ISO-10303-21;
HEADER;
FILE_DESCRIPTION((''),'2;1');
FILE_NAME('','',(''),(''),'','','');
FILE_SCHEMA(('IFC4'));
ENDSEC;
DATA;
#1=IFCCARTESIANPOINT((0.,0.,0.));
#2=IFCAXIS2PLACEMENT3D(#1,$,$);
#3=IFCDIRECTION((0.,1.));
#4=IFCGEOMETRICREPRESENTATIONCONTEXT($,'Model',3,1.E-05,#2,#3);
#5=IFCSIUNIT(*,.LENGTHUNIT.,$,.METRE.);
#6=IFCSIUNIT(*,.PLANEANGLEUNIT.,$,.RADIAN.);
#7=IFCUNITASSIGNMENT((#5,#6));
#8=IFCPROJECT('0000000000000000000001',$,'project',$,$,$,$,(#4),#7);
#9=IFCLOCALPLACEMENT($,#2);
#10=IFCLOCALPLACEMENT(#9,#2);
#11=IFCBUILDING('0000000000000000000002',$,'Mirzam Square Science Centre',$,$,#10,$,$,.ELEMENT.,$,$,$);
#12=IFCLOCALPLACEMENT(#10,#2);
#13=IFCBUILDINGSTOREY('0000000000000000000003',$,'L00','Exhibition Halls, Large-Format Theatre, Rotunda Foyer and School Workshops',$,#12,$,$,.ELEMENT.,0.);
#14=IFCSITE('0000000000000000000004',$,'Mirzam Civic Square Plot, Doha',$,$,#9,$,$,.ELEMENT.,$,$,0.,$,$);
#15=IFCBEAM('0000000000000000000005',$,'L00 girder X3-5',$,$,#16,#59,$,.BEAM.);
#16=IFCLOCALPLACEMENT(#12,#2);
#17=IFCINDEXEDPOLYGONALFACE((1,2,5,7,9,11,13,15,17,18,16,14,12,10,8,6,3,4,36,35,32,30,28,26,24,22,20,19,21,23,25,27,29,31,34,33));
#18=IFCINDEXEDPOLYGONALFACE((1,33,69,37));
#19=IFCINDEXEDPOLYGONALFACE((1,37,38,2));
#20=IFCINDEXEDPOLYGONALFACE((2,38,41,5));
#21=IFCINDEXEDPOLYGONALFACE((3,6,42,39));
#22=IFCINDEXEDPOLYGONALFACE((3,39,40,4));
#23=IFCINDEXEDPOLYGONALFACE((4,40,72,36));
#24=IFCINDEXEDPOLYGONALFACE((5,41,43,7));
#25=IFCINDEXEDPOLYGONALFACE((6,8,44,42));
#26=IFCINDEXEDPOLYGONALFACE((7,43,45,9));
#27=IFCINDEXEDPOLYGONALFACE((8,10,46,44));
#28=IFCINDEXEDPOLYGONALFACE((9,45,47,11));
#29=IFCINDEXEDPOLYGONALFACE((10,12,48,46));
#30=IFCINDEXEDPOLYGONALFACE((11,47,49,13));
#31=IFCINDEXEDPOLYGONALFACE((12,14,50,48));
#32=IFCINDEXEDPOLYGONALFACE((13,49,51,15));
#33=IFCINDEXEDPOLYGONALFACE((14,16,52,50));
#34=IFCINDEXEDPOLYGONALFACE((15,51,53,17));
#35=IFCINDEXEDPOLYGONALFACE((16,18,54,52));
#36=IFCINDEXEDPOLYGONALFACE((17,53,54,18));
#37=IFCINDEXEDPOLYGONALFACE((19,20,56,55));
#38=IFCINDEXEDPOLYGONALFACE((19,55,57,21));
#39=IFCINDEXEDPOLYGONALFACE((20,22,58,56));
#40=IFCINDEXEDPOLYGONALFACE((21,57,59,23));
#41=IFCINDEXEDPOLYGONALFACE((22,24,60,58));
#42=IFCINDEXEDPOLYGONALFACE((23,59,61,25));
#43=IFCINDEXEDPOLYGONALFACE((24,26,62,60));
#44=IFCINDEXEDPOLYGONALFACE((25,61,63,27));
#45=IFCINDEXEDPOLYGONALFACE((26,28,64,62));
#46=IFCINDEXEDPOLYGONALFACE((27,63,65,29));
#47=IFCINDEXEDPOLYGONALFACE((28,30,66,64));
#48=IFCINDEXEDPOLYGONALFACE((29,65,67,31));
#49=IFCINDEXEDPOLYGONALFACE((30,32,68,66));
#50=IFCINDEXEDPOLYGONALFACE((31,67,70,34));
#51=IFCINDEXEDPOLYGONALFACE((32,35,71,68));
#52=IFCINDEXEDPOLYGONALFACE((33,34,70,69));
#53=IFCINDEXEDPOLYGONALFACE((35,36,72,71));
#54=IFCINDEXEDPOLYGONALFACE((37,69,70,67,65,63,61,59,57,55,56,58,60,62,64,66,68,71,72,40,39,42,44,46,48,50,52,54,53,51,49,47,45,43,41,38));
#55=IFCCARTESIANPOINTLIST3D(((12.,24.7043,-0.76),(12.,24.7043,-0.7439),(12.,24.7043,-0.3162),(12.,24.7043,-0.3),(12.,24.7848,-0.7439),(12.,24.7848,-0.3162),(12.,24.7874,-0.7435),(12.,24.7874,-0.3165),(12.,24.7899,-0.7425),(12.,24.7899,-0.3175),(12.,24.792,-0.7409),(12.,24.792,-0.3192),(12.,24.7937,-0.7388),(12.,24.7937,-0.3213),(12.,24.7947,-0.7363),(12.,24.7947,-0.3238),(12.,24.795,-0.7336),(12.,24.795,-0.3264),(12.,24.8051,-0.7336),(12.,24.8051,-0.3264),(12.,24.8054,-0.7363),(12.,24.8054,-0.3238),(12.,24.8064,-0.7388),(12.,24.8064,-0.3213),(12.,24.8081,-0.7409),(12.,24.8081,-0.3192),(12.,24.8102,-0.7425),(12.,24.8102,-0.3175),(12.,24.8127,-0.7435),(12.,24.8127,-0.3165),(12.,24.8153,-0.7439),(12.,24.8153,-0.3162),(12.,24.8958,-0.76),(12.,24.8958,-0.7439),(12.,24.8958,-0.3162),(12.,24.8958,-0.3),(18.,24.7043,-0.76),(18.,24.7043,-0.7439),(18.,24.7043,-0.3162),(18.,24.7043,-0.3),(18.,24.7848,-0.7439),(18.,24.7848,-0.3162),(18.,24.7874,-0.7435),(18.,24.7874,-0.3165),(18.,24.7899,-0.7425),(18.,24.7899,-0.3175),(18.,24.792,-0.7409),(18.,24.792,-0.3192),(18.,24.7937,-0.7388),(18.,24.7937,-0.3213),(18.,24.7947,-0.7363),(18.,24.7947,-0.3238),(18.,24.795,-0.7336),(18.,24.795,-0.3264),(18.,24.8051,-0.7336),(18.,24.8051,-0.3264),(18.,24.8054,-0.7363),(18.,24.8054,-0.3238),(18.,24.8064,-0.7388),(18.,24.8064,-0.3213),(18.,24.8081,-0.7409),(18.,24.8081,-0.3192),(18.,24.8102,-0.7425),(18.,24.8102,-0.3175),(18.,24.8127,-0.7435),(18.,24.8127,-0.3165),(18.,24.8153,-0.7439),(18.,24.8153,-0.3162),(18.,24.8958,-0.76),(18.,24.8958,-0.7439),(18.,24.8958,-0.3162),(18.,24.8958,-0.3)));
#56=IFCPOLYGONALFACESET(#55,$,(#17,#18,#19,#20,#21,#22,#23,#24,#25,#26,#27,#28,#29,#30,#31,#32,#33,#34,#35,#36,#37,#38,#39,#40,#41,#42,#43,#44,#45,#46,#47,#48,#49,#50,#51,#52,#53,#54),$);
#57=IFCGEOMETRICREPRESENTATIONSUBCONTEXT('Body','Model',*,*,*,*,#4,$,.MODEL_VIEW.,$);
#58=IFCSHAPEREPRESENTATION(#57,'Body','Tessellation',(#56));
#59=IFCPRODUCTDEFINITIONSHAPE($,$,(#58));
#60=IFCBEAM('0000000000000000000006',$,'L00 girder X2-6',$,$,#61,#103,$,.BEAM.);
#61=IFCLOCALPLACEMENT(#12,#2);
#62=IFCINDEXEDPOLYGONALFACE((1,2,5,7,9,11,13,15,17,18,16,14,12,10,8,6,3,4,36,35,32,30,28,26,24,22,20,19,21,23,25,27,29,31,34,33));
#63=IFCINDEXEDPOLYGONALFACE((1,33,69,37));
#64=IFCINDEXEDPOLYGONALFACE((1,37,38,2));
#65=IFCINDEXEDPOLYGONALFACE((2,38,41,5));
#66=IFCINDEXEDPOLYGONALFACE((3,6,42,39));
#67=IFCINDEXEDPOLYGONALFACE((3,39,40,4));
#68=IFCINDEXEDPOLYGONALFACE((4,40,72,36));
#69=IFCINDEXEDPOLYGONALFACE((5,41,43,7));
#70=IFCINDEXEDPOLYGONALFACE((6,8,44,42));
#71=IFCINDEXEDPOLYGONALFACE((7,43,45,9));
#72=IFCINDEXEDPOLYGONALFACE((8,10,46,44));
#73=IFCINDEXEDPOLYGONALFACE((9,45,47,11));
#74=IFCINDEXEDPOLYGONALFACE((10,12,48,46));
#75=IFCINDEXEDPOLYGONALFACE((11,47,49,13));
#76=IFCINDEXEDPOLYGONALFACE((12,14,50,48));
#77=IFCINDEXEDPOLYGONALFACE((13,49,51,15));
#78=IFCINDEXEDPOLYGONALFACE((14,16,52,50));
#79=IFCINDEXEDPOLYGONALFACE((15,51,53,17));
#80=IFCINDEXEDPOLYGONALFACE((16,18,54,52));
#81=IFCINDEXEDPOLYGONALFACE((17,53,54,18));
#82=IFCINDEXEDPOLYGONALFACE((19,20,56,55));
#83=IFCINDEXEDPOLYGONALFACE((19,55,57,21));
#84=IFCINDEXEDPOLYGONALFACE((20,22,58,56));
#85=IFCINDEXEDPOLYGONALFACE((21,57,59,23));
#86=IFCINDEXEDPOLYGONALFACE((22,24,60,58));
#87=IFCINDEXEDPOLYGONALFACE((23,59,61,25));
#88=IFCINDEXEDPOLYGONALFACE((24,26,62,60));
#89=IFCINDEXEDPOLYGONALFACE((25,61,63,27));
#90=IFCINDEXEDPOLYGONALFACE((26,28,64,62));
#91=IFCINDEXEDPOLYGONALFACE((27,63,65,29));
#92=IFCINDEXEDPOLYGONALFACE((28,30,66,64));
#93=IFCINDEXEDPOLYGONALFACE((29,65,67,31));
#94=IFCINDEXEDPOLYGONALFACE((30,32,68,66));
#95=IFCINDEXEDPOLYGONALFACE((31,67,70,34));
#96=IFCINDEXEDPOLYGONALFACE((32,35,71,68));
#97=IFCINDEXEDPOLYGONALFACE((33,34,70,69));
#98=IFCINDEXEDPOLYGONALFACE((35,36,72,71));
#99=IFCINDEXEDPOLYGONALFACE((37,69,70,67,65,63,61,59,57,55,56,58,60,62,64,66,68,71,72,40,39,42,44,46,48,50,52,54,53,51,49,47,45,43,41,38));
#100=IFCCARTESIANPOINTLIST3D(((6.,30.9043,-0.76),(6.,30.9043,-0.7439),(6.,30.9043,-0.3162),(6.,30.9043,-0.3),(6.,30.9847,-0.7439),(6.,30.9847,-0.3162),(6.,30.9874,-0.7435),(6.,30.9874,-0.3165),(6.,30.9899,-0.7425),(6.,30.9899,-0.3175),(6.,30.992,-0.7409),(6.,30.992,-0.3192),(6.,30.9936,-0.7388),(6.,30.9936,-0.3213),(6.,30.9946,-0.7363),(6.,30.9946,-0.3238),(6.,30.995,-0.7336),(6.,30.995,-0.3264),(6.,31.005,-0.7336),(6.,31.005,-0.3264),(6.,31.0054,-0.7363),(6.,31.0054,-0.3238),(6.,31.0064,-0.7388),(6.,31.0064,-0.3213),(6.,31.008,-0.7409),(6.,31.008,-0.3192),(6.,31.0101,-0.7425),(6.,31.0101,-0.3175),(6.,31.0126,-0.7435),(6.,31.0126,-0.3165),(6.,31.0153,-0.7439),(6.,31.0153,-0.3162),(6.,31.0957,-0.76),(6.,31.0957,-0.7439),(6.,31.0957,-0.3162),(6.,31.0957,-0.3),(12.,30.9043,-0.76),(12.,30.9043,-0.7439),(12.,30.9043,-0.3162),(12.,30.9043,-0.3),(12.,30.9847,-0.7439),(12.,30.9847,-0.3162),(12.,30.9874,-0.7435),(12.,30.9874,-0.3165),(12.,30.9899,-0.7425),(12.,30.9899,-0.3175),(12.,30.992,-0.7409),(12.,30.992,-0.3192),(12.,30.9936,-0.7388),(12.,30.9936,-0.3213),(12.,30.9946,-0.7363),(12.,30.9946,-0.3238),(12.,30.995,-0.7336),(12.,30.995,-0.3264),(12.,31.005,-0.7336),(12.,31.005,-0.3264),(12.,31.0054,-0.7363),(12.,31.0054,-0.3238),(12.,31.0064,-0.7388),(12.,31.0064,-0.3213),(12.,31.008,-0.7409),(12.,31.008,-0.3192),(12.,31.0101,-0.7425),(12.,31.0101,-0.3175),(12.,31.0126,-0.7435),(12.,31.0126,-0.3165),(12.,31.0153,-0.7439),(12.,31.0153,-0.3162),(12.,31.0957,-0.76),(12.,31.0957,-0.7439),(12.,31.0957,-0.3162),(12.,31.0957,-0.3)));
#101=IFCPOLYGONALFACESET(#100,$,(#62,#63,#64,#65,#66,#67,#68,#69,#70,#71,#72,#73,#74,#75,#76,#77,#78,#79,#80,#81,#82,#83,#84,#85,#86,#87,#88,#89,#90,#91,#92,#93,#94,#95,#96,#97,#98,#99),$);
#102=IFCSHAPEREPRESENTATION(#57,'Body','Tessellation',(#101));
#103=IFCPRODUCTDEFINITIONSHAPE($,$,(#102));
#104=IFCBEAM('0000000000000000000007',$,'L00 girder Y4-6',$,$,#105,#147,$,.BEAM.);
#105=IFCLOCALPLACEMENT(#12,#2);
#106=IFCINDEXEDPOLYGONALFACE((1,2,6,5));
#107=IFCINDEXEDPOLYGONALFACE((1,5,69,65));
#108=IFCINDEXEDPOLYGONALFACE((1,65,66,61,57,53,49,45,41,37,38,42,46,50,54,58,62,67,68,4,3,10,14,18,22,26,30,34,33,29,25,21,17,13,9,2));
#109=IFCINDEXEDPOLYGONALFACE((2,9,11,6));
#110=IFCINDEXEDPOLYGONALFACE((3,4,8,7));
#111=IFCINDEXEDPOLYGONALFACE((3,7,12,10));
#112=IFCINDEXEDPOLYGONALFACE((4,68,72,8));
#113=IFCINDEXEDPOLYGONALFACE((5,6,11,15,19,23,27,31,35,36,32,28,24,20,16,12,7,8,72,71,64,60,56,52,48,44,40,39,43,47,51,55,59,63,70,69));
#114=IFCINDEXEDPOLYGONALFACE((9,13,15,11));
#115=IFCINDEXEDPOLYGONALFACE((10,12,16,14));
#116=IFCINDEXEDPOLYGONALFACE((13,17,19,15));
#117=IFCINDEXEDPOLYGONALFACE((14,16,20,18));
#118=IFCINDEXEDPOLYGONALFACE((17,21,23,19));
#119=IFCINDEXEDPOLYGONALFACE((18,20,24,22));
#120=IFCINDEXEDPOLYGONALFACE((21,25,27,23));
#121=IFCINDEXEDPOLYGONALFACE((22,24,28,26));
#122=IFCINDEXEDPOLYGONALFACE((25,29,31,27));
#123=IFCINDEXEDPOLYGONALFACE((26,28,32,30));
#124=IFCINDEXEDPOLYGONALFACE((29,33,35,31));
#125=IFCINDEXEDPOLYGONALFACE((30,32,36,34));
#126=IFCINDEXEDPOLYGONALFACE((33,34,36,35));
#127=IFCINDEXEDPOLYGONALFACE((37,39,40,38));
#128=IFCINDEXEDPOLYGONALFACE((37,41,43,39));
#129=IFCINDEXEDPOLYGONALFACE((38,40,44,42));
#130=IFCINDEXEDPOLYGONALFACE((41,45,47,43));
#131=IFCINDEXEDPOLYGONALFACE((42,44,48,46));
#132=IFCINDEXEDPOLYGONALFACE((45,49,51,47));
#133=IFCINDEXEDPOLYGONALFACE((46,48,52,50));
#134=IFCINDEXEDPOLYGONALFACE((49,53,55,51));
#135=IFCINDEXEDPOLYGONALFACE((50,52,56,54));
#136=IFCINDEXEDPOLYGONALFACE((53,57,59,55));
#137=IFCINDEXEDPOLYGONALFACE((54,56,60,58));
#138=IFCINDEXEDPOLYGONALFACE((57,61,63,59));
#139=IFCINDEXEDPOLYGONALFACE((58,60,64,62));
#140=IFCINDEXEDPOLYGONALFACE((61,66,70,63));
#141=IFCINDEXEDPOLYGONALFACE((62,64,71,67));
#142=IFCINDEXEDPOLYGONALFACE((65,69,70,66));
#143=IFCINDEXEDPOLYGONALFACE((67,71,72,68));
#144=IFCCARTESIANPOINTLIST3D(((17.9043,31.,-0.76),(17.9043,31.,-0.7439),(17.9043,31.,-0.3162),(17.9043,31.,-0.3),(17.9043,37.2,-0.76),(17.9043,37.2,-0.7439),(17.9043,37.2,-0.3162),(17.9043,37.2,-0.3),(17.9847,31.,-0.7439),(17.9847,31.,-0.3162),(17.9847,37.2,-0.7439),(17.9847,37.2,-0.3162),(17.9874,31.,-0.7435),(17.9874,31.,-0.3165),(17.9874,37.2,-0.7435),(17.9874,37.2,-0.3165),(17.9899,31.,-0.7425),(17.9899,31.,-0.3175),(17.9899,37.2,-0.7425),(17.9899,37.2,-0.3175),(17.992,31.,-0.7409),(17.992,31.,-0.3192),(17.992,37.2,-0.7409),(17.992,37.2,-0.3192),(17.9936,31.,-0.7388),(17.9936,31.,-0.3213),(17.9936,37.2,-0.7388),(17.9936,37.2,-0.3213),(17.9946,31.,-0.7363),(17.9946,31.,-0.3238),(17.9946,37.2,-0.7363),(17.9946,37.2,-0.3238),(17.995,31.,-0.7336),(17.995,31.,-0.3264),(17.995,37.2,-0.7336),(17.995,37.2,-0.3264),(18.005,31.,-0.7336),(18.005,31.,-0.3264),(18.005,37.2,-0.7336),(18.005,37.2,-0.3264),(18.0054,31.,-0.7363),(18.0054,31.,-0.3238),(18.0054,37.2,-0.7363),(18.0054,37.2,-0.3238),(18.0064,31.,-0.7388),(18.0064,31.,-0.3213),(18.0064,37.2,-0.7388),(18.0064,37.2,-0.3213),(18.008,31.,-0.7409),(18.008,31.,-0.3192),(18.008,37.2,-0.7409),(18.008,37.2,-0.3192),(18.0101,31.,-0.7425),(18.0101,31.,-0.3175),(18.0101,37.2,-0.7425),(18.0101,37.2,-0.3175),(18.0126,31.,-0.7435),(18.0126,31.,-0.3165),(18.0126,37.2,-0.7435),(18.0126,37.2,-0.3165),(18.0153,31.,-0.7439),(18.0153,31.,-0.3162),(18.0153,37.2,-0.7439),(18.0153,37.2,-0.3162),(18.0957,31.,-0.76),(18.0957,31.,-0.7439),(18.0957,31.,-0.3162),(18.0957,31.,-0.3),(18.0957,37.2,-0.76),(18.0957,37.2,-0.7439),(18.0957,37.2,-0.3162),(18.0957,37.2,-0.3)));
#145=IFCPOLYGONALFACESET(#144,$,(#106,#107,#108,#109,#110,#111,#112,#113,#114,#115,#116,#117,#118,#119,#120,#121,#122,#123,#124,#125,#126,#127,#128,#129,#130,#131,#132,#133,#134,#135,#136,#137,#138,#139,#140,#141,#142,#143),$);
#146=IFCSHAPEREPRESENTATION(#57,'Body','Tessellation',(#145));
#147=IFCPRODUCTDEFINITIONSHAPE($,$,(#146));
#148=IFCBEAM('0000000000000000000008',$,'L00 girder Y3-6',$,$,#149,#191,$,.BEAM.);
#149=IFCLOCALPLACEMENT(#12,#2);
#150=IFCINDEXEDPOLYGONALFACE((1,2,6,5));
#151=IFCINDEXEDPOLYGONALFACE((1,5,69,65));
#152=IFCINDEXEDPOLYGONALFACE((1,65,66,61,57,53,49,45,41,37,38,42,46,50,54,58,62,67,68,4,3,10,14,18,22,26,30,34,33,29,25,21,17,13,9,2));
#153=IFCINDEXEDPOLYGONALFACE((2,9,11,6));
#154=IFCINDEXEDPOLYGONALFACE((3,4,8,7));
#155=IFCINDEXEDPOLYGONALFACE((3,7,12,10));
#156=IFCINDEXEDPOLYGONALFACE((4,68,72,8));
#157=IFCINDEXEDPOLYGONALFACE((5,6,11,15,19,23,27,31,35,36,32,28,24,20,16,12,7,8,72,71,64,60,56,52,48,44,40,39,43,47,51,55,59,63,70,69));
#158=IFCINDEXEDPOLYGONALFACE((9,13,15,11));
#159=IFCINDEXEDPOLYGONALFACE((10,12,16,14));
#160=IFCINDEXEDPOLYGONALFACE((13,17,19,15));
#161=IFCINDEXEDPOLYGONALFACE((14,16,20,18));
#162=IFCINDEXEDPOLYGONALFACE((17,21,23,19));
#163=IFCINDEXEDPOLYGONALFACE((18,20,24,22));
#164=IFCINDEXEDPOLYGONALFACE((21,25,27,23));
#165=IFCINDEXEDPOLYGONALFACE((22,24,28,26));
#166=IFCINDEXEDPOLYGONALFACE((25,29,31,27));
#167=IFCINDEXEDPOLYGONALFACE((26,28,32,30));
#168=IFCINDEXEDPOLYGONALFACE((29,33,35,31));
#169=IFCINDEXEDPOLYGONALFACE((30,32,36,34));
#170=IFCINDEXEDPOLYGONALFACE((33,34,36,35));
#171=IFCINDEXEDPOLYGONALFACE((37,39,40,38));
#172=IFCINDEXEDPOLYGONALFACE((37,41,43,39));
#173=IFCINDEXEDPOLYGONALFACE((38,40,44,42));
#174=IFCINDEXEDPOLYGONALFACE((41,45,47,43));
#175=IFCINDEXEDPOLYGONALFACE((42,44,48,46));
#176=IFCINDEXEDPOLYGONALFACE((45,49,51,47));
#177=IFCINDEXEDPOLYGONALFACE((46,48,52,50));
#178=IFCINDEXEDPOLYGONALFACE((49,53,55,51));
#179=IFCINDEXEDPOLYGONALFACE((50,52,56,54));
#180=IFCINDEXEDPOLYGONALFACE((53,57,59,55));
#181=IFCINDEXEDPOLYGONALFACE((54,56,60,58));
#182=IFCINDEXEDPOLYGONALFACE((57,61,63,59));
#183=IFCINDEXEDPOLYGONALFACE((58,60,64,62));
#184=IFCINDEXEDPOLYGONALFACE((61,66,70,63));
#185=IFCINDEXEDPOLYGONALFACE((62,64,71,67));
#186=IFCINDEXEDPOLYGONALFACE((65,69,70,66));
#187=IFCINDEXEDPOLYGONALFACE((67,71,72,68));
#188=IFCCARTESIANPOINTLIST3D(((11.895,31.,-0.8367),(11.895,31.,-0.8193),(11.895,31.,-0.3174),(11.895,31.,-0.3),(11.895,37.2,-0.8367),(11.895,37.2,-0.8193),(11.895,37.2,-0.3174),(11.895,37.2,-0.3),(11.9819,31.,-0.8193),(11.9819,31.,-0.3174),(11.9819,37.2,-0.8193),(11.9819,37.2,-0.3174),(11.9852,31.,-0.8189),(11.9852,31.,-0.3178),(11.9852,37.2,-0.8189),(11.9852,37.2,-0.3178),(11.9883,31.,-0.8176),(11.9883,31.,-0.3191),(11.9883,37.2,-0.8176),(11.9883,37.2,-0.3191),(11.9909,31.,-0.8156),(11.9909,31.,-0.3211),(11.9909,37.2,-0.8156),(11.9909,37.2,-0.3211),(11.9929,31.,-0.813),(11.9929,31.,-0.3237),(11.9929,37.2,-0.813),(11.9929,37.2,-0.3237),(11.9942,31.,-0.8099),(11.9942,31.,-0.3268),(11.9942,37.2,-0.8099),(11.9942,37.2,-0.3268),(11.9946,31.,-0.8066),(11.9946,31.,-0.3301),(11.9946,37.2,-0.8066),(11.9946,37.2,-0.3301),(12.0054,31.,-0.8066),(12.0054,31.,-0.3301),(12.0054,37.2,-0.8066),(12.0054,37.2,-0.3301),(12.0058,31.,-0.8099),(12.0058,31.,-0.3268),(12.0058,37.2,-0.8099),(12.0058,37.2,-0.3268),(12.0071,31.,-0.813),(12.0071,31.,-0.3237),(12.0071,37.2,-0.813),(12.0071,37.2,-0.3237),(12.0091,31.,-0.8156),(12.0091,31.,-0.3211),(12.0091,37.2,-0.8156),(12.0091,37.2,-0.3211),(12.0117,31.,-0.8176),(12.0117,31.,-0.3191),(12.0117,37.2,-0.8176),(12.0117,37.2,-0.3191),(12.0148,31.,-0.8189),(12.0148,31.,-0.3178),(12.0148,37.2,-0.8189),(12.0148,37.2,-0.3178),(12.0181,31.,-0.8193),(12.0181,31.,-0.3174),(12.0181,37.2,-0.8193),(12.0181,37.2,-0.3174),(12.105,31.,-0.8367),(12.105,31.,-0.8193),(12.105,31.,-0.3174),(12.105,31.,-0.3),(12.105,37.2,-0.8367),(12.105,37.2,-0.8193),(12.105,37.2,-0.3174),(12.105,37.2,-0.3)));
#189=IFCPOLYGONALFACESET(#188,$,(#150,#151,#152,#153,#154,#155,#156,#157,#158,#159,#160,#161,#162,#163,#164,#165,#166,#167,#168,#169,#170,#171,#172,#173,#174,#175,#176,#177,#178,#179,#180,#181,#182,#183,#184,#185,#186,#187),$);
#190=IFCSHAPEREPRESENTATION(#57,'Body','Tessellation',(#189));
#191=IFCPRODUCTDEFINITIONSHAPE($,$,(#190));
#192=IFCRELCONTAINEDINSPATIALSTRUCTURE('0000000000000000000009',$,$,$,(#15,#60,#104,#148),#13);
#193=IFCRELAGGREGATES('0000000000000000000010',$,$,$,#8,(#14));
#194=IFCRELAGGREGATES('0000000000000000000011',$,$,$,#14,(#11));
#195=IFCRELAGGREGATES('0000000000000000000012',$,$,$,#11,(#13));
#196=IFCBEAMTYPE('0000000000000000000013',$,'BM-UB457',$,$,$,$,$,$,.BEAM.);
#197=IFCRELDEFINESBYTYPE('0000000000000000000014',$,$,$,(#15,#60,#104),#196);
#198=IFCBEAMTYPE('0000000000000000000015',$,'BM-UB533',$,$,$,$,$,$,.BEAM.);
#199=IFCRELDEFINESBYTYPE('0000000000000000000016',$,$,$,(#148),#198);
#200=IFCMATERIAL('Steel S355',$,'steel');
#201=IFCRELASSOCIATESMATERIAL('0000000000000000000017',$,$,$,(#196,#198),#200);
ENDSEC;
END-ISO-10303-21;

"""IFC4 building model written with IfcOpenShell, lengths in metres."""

from ifc_helpers import new_model, si_unit, direction, frame, origin, origin_2d, place, context, subcontext, project, spatial, i_section, extrude, material, material_profile, profile_set, type_object, element, save


model = new_model("IFC4")

# Units and contexts
model_context = context("Model", 3, precision=1e-05, world=origin(), true_north=direction((0.0, 1.0)))
body_context = subcontext(model_context, "Body", "Model", "MODEL_VIEW")
ifc_project = project(units=[si_unit("LENGTHUNIT", "METRE"), si_unit("PLANEANGLEUNIT", "RADIAN")], contexts=[model_context])

# Site, building, storey
site_placement = place(None, origin())
site = spatial("IfcSite", under=ifc_project, at=site_placement, Name="Mirzam Civic Square Plot, Doha", CompositionType="ELEMENT", RefElevation=0.0)
building_placement = place(site_placement, origin())
building = spatial("IfcBuilding", under=site, at=building_placement, Name="Mirzam Square Science Centre", CompositionType="ELEMENT")
storey_placement = place(building_placement, origin())
storey = spatial("IfcBuildingStorey", under=building, at=storey_placement, Name="L00", Description="Exhibition Halls, Large-Format Theatre, Rotunda Foyer and School Workshops", CompositionType="ELEMENT", Elevation=0.0)

# Shared definitions
ifc_material_1 = material(Name="Steel S355", Category="steel")

# Beams
ifc_material_profile_1 = material_profile(ifc_material_1, i_section(OverallWidth=0.1914, OverallDepth=0.46, WebThickness=0.01, FlangeThickness=0.0161, FilletRadius=0.0103, at=origin_2d()), Name="457x191x82UB")
ifc_profile_set_1 = profile_set([ifc_material_profile_1], Name="Steel S355")
beam_type_1 = type_object("IfcBeamType", Name="BM-UB457", PredefinedType="BEAM", material=ifc_profile_set_1)
for number, where, z_axis, x_axis, name in (
    (1, (12.0, 24.8, -0.53), (1.0, 0.0, 0.0), (0.0, 1.0, 0.0), "L00 girder X3-5"),
    (2, (6.0, 31.0, -0.53), (1.0, 0.0, 0.0), (0.0, 1.0, 0.0), "L00 girder X2-6"),
):
    element("IfcBeam", number, at=place(storey_placement, frame(where, z_axis=z_axis, x_axis=x_axis)), inside=storey, type_object=beam_type_1, Name=name, PredefinedType="BEAM", context=body_context, shape_type="SweptSolid", body=[
        extrude(i_section(OverallWidth=0.1914, OverallDepth=0.46, WebThickness=0.01, FlangeThickness=0.0161, FilletRadius=0.0103, at=origin_2d()), origin(), (0.0, 0.0, 1.0), 6.0),
    ])
beam_1_placement = place(storey_placement, frame((18.0, 31.0, -0.53), z_axis=(0.0, 1.0, 0.0), x_axis=(-1.0, 0.0, 0.0)))
element("IfcBeam", 3, at=beam_1_placement, inside=storey, type_object=beam_type_1, Name="L00 girder Y4-6", PredefinedType="BEAM", context=body_context, shape_type="SweptSolid", body=[
    extrude(i_section(OverallWidth=0.1914, OverallDepth=0.46, WebThickness=0.01, FlangeThickness=0.0161, FilletRadius=0.0103, at=origin_2d()), origin(), (0.0, 0.0, 1.0), 6.2),
])
ifc_material_profile_2 = material_profile(ifc_material_1, i_section(OverallWidth=0.21, OverallDepth=0.5366, WebThickness=0.0107, FlangeThickness=0.0173, FilletRadius=0.0127, at=origin_2d()), Name="533x210x101UB")
ifc_profile_set_2 = profile_set([ifc_material_profile_2], Name="Steel S355")
beam_type_2 = type_object("IfcBeamType", Name="BM-UB533", PredefinedType="BEAM", material=ifc_profile_set_2)
for number, where, z_axis, x_axis, name in (
    (4, (12.0, 31.0, -0.5684), (0.0, 1.0, 0.0), (-1.0, 0.0, 0.0), "L00 girder Y3-6"),
):
    element("IfcBeam", number, at=place(storey_placement, frame(where, z_axis=z_axis, x_axis=x_axis)), inside=storey, type_object=beam_type_2, Name=name, PredefinedType="BEAM", context=body_context, shape_type="SweptSolid", body=[
        extrude(i_section(OverallWidth=0.21, OverallDepth=0.5366, WebThickness=0.0107, FlangeThickness=0.0173, FilletRadius=0.0127, at=origin_2d()), origin(), (0.0, 0.0, 1.0), 6.2),
    ])

save(model, "model.ifc")
